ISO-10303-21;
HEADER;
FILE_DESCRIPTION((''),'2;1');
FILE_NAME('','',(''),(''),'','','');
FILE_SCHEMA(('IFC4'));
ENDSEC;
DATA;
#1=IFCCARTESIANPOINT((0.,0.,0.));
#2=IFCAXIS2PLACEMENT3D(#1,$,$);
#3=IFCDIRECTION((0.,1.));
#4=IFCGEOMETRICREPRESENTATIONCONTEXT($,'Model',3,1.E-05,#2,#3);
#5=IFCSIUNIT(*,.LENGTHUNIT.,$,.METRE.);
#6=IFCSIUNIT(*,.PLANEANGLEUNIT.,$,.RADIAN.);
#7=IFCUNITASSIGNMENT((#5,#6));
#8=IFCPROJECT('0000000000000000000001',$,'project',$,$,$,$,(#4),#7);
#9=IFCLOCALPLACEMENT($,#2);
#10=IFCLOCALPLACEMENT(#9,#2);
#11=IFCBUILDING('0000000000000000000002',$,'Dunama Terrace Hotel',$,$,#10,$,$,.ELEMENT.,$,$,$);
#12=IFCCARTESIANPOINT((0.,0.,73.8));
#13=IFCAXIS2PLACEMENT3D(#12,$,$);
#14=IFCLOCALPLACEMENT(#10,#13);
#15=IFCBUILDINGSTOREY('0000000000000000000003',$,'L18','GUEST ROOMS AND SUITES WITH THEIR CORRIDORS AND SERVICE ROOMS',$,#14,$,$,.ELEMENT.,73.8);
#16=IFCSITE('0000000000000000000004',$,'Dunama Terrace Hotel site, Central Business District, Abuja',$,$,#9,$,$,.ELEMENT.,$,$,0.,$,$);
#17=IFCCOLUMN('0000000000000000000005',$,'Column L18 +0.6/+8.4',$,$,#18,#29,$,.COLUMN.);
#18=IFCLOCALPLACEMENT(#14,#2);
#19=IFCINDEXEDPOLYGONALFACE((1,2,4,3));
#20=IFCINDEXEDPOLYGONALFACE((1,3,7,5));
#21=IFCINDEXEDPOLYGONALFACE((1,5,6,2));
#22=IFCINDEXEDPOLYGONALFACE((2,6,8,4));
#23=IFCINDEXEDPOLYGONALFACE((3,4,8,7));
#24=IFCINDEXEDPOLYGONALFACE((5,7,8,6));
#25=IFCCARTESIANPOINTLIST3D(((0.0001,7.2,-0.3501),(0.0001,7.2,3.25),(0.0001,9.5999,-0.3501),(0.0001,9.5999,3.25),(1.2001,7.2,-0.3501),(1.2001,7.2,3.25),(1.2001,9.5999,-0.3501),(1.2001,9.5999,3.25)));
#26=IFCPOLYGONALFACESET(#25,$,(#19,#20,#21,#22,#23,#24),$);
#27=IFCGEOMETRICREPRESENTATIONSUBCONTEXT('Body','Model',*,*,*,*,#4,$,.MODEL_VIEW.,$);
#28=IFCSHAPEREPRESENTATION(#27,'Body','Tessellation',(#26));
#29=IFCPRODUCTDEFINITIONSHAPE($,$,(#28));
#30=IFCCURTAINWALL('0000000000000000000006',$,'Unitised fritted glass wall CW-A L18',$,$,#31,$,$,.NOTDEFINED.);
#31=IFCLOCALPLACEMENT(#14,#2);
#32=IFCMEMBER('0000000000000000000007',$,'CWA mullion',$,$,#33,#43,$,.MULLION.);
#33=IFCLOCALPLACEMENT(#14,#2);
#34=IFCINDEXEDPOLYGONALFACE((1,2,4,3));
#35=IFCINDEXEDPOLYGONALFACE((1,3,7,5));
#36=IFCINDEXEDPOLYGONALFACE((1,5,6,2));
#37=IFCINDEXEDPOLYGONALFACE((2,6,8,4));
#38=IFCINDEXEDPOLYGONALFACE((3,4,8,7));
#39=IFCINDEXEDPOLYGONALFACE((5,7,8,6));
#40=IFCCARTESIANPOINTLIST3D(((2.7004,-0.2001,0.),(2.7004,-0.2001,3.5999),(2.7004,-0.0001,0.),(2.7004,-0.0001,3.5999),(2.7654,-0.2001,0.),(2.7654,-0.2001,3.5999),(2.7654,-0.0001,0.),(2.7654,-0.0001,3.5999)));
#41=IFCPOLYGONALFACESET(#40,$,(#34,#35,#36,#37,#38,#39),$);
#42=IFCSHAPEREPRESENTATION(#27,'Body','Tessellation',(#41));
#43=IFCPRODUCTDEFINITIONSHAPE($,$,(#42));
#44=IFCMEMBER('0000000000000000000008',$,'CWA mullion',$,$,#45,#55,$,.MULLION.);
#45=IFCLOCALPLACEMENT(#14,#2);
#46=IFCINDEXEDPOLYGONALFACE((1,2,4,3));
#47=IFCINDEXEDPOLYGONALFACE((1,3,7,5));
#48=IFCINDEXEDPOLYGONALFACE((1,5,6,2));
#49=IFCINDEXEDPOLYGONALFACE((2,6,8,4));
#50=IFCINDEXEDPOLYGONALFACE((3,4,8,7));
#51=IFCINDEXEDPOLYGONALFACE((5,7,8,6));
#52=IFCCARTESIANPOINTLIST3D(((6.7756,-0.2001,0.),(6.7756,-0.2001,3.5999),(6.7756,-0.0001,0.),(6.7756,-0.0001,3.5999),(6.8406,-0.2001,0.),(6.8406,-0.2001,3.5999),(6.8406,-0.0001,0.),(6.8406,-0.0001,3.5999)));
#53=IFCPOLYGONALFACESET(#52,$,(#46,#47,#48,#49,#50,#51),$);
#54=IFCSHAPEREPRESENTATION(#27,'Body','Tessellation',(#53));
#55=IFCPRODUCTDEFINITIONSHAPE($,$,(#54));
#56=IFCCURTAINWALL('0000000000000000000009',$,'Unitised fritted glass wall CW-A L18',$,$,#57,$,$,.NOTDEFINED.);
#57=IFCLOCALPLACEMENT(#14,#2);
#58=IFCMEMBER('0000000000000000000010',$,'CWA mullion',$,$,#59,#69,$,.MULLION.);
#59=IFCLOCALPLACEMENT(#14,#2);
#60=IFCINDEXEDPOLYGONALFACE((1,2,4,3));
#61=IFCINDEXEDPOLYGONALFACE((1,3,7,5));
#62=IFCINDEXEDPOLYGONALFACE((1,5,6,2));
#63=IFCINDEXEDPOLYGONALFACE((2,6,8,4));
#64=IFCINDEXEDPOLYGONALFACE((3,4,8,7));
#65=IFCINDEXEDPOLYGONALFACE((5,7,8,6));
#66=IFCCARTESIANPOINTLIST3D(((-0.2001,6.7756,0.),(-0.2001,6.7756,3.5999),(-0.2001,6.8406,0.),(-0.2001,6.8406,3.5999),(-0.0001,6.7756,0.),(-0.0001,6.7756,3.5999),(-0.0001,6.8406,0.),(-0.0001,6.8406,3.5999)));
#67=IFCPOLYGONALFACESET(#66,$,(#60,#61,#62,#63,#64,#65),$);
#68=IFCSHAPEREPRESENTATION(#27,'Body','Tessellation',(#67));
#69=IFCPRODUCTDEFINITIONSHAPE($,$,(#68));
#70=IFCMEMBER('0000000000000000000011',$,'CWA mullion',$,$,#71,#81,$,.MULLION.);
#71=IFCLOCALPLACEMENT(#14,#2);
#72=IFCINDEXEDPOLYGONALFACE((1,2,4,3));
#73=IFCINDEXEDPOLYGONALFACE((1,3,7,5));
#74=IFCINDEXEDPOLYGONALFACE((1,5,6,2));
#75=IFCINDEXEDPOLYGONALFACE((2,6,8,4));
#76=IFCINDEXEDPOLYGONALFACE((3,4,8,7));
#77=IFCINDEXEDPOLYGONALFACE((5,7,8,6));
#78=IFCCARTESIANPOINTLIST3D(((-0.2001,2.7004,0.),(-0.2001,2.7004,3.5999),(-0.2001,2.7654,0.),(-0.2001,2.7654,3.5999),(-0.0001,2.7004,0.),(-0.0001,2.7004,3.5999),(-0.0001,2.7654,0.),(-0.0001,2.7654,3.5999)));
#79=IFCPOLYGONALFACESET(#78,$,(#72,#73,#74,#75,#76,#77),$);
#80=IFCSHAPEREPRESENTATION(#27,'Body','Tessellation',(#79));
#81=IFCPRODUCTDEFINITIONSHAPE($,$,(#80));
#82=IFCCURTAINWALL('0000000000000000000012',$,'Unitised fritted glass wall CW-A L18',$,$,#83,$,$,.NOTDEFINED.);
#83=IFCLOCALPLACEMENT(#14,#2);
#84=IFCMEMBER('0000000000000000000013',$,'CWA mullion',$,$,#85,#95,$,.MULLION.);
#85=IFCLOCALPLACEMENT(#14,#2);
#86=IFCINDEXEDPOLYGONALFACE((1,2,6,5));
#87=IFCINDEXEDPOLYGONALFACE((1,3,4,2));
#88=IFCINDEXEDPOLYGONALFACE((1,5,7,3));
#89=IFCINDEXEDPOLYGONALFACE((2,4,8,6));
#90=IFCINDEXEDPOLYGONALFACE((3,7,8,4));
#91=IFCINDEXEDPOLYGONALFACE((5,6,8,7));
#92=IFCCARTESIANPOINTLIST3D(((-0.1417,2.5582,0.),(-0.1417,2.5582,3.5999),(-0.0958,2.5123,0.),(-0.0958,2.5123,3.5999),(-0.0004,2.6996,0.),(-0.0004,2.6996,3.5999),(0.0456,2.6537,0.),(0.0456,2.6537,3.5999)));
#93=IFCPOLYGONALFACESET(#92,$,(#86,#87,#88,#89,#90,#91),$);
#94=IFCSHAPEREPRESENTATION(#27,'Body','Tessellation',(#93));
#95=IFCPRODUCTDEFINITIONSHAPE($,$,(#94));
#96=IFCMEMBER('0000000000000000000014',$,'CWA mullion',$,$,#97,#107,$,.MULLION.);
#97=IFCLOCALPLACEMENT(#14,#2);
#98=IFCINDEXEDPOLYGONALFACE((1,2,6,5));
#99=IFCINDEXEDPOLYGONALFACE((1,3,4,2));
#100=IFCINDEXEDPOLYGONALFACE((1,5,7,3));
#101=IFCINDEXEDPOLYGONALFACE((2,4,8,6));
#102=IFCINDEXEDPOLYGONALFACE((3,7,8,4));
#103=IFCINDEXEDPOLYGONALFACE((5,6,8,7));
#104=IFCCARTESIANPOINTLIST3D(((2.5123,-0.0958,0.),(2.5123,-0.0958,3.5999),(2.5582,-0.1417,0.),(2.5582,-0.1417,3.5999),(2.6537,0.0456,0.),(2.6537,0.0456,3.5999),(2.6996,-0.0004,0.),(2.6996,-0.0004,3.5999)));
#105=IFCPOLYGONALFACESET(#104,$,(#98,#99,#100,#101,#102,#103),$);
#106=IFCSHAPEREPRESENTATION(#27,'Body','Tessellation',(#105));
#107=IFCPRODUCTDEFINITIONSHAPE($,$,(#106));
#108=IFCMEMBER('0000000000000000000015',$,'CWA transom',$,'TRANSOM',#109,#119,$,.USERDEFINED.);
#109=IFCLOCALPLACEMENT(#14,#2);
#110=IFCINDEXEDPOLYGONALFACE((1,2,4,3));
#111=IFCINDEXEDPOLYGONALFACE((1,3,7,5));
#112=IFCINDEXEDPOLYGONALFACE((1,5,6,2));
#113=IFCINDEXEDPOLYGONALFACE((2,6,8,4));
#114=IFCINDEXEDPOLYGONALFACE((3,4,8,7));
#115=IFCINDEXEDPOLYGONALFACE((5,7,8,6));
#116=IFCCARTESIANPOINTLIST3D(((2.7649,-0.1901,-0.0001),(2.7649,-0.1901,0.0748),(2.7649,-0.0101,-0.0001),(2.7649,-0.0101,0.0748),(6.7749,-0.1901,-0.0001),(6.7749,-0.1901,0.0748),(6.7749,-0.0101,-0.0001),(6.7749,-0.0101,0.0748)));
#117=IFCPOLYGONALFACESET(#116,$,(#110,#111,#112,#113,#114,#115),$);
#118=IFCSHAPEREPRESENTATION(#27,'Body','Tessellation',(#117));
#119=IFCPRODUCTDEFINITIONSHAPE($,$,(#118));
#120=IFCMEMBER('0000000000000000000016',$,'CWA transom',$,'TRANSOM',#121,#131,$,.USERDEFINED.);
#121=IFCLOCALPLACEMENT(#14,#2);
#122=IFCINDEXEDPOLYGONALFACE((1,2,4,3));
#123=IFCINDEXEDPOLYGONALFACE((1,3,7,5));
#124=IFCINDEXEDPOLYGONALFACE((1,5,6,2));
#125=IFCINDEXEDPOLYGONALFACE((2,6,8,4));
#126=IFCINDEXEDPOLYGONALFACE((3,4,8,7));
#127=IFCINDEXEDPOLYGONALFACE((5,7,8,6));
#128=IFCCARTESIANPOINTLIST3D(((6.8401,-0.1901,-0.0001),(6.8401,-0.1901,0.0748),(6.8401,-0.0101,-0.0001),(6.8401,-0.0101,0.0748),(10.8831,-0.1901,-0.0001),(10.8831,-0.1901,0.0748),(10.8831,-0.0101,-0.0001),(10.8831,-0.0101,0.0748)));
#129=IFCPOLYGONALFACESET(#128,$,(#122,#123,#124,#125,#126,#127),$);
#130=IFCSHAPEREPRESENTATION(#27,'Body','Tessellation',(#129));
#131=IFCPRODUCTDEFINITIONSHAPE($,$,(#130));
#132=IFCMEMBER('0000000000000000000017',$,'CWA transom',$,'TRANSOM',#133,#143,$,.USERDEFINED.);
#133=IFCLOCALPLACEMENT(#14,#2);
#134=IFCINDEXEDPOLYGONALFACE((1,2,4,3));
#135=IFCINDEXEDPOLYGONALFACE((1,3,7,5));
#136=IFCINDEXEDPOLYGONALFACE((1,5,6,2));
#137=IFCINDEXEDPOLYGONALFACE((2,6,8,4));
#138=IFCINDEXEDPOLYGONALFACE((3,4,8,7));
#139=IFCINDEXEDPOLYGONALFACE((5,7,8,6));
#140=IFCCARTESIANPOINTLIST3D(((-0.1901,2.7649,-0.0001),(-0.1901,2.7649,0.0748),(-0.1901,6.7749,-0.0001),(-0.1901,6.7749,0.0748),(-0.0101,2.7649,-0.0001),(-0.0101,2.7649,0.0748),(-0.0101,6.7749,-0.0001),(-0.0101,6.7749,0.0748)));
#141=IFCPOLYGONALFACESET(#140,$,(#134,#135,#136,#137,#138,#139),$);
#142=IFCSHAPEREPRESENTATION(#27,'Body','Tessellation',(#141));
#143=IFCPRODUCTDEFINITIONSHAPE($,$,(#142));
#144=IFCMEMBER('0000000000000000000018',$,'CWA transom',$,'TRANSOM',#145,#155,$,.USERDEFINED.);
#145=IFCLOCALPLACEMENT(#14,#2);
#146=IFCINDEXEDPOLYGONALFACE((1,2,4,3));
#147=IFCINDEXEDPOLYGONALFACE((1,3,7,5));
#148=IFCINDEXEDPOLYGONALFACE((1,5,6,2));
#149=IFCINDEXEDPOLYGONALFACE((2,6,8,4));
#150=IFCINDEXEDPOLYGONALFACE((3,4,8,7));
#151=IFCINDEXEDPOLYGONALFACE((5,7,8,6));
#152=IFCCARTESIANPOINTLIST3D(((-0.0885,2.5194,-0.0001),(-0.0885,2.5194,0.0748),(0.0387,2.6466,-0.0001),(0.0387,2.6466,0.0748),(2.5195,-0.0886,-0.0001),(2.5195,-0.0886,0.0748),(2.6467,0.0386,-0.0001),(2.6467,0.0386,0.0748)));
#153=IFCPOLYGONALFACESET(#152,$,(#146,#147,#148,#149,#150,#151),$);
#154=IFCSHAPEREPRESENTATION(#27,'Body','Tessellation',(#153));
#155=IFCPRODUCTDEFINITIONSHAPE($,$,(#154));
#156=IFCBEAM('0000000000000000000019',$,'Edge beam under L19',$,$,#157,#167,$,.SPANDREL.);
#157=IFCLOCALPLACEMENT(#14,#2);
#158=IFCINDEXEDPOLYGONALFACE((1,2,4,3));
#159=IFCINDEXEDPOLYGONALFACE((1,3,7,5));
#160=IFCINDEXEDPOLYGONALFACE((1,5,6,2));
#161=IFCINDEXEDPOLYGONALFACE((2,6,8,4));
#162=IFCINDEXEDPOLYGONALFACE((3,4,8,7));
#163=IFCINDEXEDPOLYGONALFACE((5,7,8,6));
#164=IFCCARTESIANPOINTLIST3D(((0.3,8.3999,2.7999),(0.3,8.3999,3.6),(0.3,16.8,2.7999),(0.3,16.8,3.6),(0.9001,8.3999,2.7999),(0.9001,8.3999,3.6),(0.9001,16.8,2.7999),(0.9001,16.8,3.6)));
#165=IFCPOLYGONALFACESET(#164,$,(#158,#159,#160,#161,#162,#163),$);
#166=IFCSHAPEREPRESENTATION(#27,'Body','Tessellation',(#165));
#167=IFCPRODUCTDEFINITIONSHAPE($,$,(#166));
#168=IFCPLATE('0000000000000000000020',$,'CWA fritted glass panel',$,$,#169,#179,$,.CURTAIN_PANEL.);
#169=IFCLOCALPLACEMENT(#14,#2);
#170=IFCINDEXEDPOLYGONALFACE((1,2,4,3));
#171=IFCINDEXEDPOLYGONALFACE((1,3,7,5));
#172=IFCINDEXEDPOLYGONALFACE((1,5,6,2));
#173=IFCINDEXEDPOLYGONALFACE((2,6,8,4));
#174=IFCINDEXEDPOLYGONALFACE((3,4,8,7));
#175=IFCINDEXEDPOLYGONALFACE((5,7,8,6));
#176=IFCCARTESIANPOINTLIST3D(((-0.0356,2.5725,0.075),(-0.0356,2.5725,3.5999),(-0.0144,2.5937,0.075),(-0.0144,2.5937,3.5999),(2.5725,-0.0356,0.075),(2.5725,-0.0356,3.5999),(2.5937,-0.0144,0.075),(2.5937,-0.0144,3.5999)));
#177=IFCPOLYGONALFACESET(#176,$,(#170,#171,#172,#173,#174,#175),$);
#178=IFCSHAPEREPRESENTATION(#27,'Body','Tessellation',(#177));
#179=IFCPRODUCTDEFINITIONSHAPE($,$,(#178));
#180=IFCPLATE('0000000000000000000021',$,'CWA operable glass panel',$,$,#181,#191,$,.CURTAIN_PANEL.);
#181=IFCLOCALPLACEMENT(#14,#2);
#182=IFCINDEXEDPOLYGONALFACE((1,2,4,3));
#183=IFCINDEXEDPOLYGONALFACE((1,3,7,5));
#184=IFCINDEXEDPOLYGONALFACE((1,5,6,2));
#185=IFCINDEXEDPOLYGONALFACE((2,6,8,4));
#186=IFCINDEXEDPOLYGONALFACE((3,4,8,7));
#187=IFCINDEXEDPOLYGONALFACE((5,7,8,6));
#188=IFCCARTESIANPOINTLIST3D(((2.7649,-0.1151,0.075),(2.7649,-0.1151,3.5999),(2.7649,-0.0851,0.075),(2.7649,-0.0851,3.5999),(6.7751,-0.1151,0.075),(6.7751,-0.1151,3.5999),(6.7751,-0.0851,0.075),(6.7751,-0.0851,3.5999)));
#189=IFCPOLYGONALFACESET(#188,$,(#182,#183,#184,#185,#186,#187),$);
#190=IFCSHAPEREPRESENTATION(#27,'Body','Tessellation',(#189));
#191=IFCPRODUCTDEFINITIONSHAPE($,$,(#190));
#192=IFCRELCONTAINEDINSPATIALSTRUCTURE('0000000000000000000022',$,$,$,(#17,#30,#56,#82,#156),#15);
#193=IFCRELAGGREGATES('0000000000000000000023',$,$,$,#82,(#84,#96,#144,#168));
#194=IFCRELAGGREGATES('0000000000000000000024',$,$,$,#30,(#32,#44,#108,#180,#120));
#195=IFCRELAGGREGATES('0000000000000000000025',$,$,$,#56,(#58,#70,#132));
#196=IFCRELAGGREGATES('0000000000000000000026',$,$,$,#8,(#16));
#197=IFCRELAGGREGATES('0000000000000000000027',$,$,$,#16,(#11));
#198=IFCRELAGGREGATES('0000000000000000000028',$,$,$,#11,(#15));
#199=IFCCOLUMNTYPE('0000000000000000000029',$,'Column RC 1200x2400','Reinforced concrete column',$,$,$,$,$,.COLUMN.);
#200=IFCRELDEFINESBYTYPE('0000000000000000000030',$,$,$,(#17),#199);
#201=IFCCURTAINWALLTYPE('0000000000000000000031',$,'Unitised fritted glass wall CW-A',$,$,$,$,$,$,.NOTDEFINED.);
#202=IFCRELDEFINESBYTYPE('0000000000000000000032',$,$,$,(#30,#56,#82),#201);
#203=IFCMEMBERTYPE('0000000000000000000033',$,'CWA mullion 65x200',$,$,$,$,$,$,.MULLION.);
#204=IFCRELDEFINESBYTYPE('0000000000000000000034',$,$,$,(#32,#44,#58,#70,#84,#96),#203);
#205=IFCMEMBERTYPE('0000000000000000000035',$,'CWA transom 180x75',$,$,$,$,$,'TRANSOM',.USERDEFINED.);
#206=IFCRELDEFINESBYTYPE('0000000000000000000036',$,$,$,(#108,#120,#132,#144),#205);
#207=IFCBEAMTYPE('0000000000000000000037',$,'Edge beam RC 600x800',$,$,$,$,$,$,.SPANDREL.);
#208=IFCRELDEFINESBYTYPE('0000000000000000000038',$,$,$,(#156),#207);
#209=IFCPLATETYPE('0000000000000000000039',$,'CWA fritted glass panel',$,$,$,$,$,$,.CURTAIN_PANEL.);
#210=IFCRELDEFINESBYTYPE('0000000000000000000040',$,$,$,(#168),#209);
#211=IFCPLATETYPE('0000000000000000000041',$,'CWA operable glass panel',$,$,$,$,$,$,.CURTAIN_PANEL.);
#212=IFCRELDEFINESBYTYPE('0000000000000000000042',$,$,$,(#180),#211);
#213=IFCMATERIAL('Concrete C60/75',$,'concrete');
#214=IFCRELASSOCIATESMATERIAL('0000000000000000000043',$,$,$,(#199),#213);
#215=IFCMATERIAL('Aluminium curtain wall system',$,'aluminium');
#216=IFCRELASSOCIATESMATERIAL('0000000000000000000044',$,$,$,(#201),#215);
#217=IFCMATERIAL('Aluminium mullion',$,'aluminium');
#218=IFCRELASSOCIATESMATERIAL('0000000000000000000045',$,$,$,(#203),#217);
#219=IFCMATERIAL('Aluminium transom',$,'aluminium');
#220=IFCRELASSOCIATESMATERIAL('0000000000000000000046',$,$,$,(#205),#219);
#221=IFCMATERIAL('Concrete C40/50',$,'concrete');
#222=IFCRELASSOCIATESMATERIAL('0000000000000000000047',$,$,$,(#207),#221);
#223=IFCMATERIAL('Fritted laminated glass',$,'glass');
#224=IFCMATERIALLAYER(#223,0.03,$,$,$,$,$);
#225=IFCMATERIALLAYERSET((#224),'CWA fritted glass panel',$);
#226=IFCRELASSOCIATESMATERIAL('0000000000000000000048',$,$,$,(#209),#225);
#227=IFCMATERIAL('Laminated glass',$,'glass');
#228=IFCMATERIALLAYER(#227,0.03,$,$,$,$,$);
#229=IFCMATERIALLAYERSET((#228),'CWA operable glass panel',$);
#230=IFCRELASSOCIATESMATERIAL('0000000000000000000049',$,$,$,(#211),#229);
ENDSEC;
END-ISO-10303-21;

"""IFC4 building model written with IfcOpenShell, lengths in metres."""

from ifc_helpers import new_model, si_unit, direction, frame, origin, origin_2d, place, context, subcontext, project, spatial, rectangle, extrude, material, layer, layer_set, material_profile, profile_set, type_object, element, aggregate, save


model = new_model("IFC4")

# Units and contexts
model_context = context("Model", 3, precision=1e-05, world=origin(), true_north=direction((0.0, 1.0)))
body_context = subcontext(model_context, "Body", "Model", "MODEL_VIEW")
ifc_project = project(units=[si_unit("LENGTHUNIT", "METRE"), si_unit("PLANEANGLEUNIT", "RADIAN")], contexts=[model_context])

# Site, building, storey
site_placement = place(None, origin())
site = spatial("IfcSite", under=ifc_project, at=site_placement, Name="Dunama Terrace Hotel site, Central Business District, Abuja", CompositionType="ELEMENT", RefElevation=0.0)
building_placement = place(site_placement, origin())
building = spatial("IfcBuilding", under=site, at=building_placement, Name="Dunama Terrace Hotel", CompositionType="ELEMENT")
storey_placement = place(building_placement, frame((0.0, 0.0, 73.8)))
storey = spatial("IfcBuildingStorey", under=building, at=storey_placement, Name="L18", Description="GUEST ROOMS AND SUITES WITH THEIR CORRIDORS AND SERVICE ROOMS", CompositionType="ELEMENT", Elevation=73.8)

# Column
ifc_material_1 = material(Name="Concrete C60/75", Category="concrete")
ifc_material_profile_1 = material_profile(ifc_material_1, rectangle(XDim=1.2, YDim=2.3999, at=origin_2d()), Name="RC 1200x2400")
ifc_profile_set_1 = profile_set([ifc_material_profile_1], Name="Concrete C60/75")
column_type = type_object("IfcColumnType", Name="Column RC 1200x2400", Description="Reinforced concrete column", PredefinedType="COLUMN", material=ifc_profile_set_1)
column_placement = place(storey_placement, frame((0.6001, 8.3999, -0.3501), z_axis=(0.0, 0.0, 1.0), x_axis=(1.0, 0.0, 0.0)))
element("IfcColumn", 1, at=column_placement, inside=storey, type_object=column_type, Name="Column L18 +0.6/+8.4", PredefinedType="COLUMN", context=body_context, shape_type="SweptSolid", body=[
    extrude(rectangle(XDim=1.2, YDim=2.3999, at=origin_2d()), origin(), (0.0, 0.0, 1.0), 3.6001),
])

# Curtain walls, members
ifc_material_2 = material(Name="Aluminium curtain wall system", Category="aluminium")
curtain_wall_type = type_object("IfcCurtainWallType", Name="Unitised fritted glass wall CW-A", PredefinedType="NOTDEFINED", material=ifc_material_2)
curtain_wall_1_placement = place(storey_placement, origin())
curtain_wall_1 = element("IfcCurtainWall", 2, at=curtain_wall_1_placement, inside=storey, type_object=curtain_wall_type, Name="Unitised fritted glass wall CW-A L18", PredefinedType="NOTDEFINED")
ifc_material_3 = material(Name="Aluminium mullion", Category="aluminium")
ifc_material_profile_2 = material_profile(ifc_material_3, rectangle(XDim=0.0649, YDim=0.2, at=origin_2d()), Name="CWA MULLION 65X200")
ifc_profile_set_2 = profile_set([ifc_material_profile_2], Name="Aluminium mullion")
member_type_1 = type_object("IfcMemberType", Name="CWA mullion 65x200", PredefinedType="MULLION", material=ifc_profile_set_2)
member_1_placement = place(storey_placement, frame((2.7329, -0.1001, 0.0), z_axis=(0.0, 0.0, 1.0), x_axis=(1.0, 0.0, 0.0)))
member_1 = element("IfcMember", 3, at=member_1_placement, type_object=member_type_1, Name="CWA mullion", PredefinedType="MULLION", context=body_context, shape_type="SweptSolid", body=[
    extrude(rectangle(XDim=0.0649, YDim=0.2, at=origin_2d()), origin(), (0.0, 0.0, 1.0), 3.5999),
])
member_2_placement = place(storey_placement, frame((6.8081, -0.1001, 0.0), z_axis=(0.0, 0.0, 1.0), x_axis=(1.0, 0.0, 0.0)))
member_2 = element("IfcMember", 4, at=member_2_placement, type_object=member_type_1, Name="CWA mullion", PredefinedType="MULLION", context=body_context, shape_type="SweptSolid", body=[
    extrude(rectangle(XDim=0.0649, YDim=0.2, at=origin_2d()), origin(), (0.0, 0.0, 1.0), 3.5999),
])
curtain_wall_2_placement = place(storey_placement, origin())
curtain_wall_2 = element("IfcCurtainWall", 5, at=curtain_wall_2_placement, inside=storey, type_object=curtain_wall_type, Name="Unitised fritted glass wall CW-A L18", PredefinedType="NOTDEFINED")
member_3_placement = place(storey_placement, frame((-0.1001, 6.8081, 0.0), z_axis=(0.0, 0.0, 1.0), x_axis=(0.0, -1.0, 0.0)))
member_3 = element("IfcMember", 6, at=member_3_placement, type_object=member_type_1, Name="CWA mullion", PredefinedType="MULLION", context=body_context, shape_type="SweptSolid", body=[
    extrude(rectangle(XDim=0.0649, YDim=0.2, at=origin_2d()), origin(), (0.0, 0.0, 1.0), 3.5999),
])
member_4_placement = place(storey_placement, frame((-0.1001, 2.7329, 0.0), z_axis=(0.0, 0.0, 1.0), x_axis=(0.0, -1.0, 0.0)))
member_4 = element("IfcMember", 7, at=member_4_placement, type_object=member_type_1, Name="CWA mullion", PredefinedType="MULLION", context=body_context, shape_type="SweptSolid", body=[
    extrude(rectangle(XDim=0.0649, YDim=0.2, at=origin_2d()), origin(), (0.0, 0.0, 1.0), 3.5999),
])
curtain_wall_3_placement = place(storey_placement, origin())
curtain_wall_3 = element("IfcCurtainWall", 8, at=curtain_wall_3_placement, inside=storey, type_object=curtain_wall_type, Name="Unitised fritted glass wall CW-A L18", PredefinedType="NOTDEFINED")
member_5_placement = place(storey_placement, frame((-0.0481, 2.606, 0.0), z_axis=(0.0, 0.0, 1.0), x_axis=(0.707107, -0.707107, 0.0)))
member_5 = element("IfcMember", 9, at=member_5_placement, type_object=member_type_1, Name="CWA mullion", PredefinedType="MULLION", context=body_context, shape_type="SweptSolid", body=[
    extrude(rectangle(XDim=0.0649, YDim=0.2, at=origin_2d()), origin(), (0.0, 0.0, 1.0), 3.5999),
])
member_6_placement = place(storey_placement, frame((2.606, -0.0481, 0.0), z_axis=(0.0, 0.0, 1.0), x_axis=(0.707107, -0.707107, 0.0)))
member_6 = element("IfcMember", 10, at=member_6_placement, type_object=member_type_1, Name="CWA mullion", PredefinedType="MULLION", context=body_context, shape_type="SweptSolid", body=[
    extrude(rectangle(XDim=0.0649, YDim=0.2, at=origin_2d()), origin(), (0.0, 0.0, 1.0), 3.5999),
])

# Members
ifc_material_4 = material(Name="Aluminium transom", Category="aluminium")
ifc_material_profile_3 = material_profile(ifc_material_4, rectangle(XDim=0.1799, YDim=0.075, at=origin_2d()), Name="CWA TRANSOM 180X75")
ifc_profile_set_3 = profile_set([ifc_material_profile_3], Name="Aluminium transom")
member_type_2 = type_object("IfcMemberType", Name="CWA transom 180x75", ElementType="TRANSOM", PredefinedType="USERDEFINED", material=ifc_profile_set_3)
member_7_placement = place(storey_placement, frame((2.7649, -0.1001, 0.0374), z_axis=(1.0, 0.0, 0.0), x_axis=(0.0, 1.0, 0.0)))
member_7 = element("IfcMember", 11, at=member_7_placement, type_object=member_type_2, Name="CWA transom", ObjectType="TRANSOM", PredefinedType="USERDEFINED", context=body_context, shape_type="SweptSolid", body=[
    extrude(rectangle(XDim=0.1799, YDim=0.075, at=origin_2d()), origin(), (0.0, 0.0, 1.0), 4.01),
])
member_8_placement = place(storey_placement, frame((6.8401, -0.1001, 0.0374), z_axis=(1.0, 0.0, 0.0), x_axis=(0.0, 1.0, 0.0)))
member_8 = element("IfcMember", 12, at=member_8_placement, type_object=member_type_2, Name="CWA transom", ObjectType="TRANSOM", PredefinedType="USERDEFINED", context=body_context, shape_type="SweptSolid", body=[
    extrude(rectangle(XDim=0.1799, YDim=0.075, at=origin_2d()), origin(), (0.0, 0.0, 1.0), 4.043),
])
member_9_placement = place(storey_placement, frame((-0.1001, 6.7749, 0.0374), z_axis=(0.0, -1.0, 0.0), x_axis=(1.0, 0.0, 0.0)))
member_9 = element("IfcMember", 13, at=member_9_placement, type_object=member_type_2, Name="CWA transom", ObjectType="TRANSOM", PredefinedType="USERDEFINED", context=body_context, shape_type="SweptSolid", body=[
    extrude(rectangle(XDim=0.1799, YDim=0.075, at=origin_2d()), origin(), (0.0, 0.0, 1.0), 4.01),
])
member_10_placement = place(storey_placement, frame((-0.0249, 2.583, 0.0374), z_axis=(0.707107, -0.707107, 0.0), x_axis=(0.707107, 0.707107, 0.0)))
member_10 = element("IfcMember", 14, at=member_10_placement, type_object=member_type_2, Name="CWA transom", ObjectType="TRANSOM", PredefinedType="USERDEFINED", context=body_context, shape_type="SweptSolid", body=[
    extrude(rectangle(XDim=0.1799, YDim=0.075, at=origin_2d()), origin(), (0.0, 0.0, 1.0), 3.6882),
])

# Beam
ifc_material_5 = material(Name="Concrete C40/50", Category="concrete")
ifc_material_profile_4 = material_profile(ifc_material_5, rectangle(XDim=0.6001, YDim=0.8, at=origin_2d()), Name="RC 600x800")
ifc_profile_set_4 = profile_set([ifc_material_profile_4], Name="Concrete C40/50")
beam_type = type_object("IfcBeamType", Name="Edge beam RC 600x800", PredefinedType="SPANDREL", material=ifc_profile_set_4)
beam_placement = place(storey_placement, frame((0.6001, 8.3999, 3.2), z_axis=(0.0, 1.0, 0.0), x_axis=(-1.0, 0.0, 0.0)))
element("IfcBeam", 15, at=beam_placement, inside=storey, type_object=beam_type, Name="Edge beam under L19", PredefinedType="SPANDREL", context=body_context, shape_type="SweptSolid", body=[
    extrude(rectangle(XDim=0.6001, YDim=0.8, at=origin_2d()), origin(), (0.0, 0.0, 1.0), 8.4001),
])

# Plates
ifc_material_6 = material(Name="Fritted laminated glass", Category="glass")
ifc_layer_1 = layer(ifc_material_6, 0.03)
ifc_layer_set_1 = layer_set([ifc_layer_1], Name="CWA fritted glass panel")
plate_type_1 = type_object("IfcPlateType", Name="CWA fritted glass panel", PredefinedType="CURTAIN_PANEL", material=ifc_layer_set_1)
plate_1_placement = place(storey_placement, frame((1.2791, 1.2791, 0.075), z_axis=(0.0, 0.0, 1.0), x_axis=(0.707107, -0.707107, 0.0)))
plate_1 = element("IfcPlate", 16, at=plate_1_placement, type_object=plate_type_1, Name="CWA fritted glass panel", PredefinedType="CURTAIN_PANEL", context=body_context, shape_type="SweptSolid", body=[
    extrude(rectangle(XDim=3.6885, YDim=0.03, at=origin_2d()), origin(), (0.0, 0.0, 1.0), 3.5249),
])
aggregate(curtain_wall_3, [member_5, member_6, member_10, plate_1])
ifc_material_7 = material(Name="Laminated glass", Category="glass")
ifc_layer_2 = layer(ifc_material_7, 0.03)
ifc_layer_set_2 = layer_set([ifc_layer_2], Name="CWA operable glass panel")
plate_type_2 = type_object("IfcPlateType", Name="CWA operable glass panel", PredefinedType="CURTAIN_PANEL", material=ifc_layer_set_2)
plate_2_placement = place(storey_placement, frame((4.77, -0.1001, 0.075), z_axis=(0.0, 0.0, 1.0), x_axis=(1.0, 0.0, 0.0)))
plate_2 = element("IfcPlate", 17, at=plate_2_placement, type_object=plate_type_2, Name="CWA operable glass panel", PredefinedType="CURTAIN_PANEL", context=body_context, shape_type="SweptSolid", body=[
    extrude(rectangle(XDim=4.0103, YDim=0.03, at=origin_2d()), origin(), (0.0, 0.0, 1.0), 3.5249),
])
aggregate(curtain_wall_1, [member_1, member_2, member_7, plate_2, member_8])
aggregate(curtain_wall_2, [member_3, member_4, member_9])

save(model, "model.ifc")
